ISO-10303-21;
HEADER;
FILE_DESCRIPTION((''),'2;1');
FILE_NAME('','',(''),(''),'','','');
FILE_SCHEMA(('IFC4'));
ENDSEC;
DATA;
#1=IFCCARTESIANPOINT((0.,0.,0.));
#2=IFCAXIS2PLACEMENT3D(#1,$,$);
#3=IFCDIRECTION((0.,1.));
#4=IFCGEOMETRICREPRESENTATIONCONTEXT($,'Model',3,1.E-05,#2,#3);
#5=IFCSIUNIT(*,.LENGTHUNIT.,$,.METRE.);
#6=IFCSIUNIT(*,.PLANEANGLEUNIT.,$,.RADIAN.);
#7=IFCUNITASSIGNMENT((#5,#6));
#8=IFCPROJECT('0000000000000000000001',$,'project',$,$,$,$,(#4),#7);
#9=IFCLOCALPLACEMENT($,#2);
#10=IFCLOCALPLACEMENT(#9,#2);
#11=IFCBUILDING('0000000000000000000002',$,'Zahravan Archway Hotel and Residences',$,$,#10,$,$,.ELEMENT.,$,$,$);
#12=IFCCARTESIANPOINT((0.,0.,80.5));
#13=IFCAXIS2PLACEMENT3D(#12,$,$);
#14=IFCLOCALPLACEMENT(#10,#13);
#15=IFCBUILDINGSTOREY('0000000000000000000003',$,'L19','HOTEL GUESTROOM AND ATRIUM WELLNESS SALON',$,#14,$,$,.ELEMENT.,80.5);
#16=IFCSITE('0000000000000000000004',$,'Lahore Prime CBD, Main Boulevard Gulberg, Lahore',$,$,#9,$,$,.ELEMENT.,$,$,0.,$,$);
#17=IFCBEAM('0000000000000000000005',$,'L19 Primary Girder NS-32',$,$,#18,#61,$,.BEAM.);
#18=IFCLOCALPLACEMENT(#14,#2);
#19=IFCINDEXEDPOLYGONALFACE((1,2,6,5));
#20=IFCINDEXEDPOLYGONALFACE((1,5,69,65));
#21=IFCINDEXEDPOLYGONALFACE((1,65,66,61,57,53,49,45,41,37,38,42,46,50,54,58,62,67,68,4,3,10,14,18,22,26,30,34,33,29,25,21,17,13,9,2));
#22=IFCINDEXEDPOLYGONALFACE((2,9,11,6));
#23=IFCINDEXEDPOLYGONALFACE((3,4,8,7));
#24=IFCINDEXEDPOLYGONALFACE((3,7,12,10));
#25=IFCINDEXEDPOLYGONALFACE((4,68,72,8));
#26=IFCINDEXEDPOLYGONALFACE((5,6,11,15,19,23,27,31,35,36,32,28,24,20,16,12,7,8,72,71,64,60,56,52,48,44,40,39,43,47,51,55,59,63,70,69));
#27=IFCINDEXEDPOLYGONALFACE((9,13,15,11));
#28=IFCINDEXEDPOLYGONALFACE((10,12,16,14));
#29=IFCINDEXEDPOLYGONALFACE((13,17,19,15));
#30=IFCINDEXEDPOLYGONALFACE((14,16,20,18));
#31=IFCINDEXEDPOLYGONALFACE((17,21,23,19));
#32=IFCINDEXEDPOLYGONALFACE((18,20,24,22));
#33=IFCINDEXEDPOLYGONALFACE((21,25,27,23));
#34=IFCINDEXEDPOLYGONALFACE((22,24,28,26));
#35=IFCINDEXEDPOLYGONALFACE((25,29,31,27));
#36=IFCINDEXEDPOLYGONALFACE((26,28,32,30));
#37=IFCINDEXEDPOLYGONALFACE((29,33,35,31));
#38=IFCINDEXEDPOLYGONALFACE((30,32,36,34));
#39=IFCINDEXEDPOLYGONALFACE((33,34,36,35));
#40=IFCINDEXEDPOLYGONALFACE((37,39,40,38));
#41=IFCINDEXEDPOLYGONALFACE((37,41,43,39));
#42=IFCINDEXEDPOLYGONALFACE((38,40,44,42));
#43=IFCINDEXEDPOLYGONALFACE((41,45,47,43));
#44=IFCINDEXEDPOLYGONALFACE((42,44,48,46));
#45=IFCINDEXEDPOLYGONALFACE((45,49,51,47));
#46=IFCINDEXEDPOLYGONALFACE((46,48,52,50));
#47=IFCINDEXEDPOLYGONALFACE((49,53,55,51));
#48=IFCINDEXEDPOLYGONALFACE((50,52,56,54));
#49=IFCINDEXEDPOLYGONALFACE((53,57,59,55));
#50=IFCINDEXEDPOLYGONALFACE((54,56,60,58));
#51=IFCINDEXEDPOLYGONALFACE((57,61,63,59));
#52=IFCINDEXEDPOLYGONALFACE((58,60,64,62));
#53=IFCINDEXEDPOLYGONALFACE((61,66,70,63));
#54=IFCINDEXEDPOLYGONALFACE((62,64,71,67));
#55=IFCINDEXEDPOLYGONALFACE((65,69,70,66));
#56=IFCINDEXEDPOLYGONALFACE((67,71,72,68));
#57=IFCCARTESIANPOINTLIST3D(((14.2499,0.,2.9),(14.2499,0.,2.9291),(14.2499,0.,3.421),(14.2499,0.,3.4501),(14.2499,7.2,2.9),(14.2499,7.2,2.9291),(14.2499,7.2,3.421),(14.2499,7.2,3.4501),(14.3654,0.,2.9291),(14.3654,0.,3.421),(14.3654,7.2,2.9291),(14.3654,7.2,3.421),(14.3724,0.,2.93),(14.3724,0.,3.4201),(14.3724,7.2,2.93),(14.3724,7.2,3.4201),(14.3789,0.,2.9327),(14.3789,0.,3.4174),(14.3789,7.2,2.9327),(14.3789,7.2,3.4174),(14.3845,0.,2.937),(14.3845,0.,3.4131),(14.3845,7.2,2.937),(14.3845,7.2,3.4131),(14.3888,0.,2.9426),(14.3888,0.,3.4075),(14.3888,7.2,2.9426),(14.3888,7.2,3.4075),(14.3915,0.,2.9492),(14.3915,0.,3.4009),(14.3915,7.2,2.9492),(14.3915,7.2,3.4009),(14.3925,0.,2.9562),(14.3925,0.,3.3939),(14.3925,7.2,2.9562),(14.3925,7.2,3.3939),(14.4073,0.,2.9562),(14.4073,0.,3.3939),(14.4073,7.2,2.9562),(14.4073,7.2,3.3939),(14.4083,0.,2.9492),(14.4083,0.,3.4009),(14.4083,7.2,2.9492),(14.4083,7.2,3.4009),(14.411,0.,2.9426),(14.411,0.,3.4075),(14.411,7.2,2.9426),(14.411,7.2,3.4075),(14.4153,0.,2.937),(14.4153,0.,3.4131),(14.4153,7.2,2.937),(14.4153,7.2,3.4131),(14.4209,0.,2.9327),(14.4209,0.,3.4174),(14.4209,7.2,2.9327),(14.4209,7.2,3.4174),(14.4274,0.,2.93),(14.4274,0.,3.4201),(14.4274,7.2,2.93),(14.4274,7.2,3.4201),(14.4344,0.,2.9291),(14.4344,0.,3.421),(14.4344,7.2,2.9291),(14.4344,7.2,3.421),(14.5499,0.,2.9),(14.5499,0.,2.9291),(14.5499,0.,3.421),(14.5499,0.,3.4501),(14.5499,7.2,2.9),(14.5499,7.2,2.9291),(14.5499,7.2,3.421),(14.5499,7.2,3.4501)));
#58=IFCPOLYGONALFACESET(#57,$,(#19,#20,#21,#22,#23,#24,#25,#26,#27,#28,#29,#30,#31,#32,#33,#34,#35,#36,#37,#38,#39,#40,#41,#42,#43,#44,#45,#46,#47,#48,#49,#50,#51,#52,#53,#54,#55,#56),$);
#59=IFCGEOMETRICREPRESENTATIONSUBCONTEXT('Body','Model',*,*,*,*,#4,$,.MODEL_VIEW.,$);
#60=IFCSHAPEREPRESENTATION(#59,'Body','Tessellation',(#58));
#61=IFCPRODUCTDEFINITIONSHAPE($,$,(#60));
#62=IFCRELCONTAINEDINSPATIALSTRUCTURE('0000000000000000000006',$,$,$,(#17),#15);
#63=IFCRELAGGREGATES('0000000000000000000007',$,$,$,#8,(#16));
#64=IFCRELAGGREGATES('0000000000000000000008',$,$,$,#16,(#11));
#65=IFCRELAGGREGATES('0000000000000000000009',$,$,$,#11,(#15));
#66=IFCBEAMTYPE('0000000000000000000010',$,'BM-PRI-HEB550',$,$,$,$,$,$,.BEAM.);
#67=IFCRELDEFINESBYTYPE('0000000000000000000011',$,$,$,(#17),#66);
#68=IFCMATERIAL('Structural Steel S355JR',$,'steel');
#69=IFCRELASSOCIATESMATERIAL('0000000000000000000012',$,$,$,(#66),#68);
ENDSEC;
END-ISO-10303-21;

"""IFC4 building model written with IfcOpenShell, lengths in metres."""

from ifc_helpers import new_model, si_unit, direction, frame, origin, origin_2d, place, context, subcontext, project, spatial, i_section, extrude, source, transform, mapped, material, material_profile, profile_set, type_object, element, save


model = new_model("IFC4")

# Units and contexts
model_context = context("Model", 3, precision=1e-05, world=origin(), true_north=direction((0.0, 1.0)))
body_context = subcontext(model_context, "Body", "Model", "MODEL_VIEW")
ifc_project = project(units=[si_unit("LENGTHUNIT", "METRE"), si_unit("PLANEANGLEUNIT", "RADIAN")], contexts=[model_context])

# Site, building, storey
site_placement = place(None, origin())
site = spatial("IfcSite", under=ifc_project, at=site_placement, Name="Lahore Prime CBD, Main Boulevard Gulberg, Lahore", CompositionType="ELEMENT", RefElevation=0.0)
building_placement = place(site_placement, origin())
building = spatial("IfcBuilding", under=site, at=building_placement, Name="Zahravan Archway Hotel and Residences", CompositionType="ELEMENT")
storey_placement = place(building_placement, frame((0.0, 0.0, 80.5)))
storey = spatial("IfcBuildingStorey", under=building, at=storey_placement, Name="L19", Description="HOTEL GUESTROOM AND ATRIUM WELLNESS SALON", CompositionType="ELEMENT", Elevation=80.5)

# Beam
ifc_material_1 = material(Name="Structural Steel S355JR", Category="steel")
ifc_material_profile = material_profile(ifc_material_1, i_section(OverallWidth=0.3, OverallDepth=0.55, WebThickness=0.0149, FlangeThickness=0.0291, FilletRadius=0.0271, at=origin_2d()), Name="HEB 550", Category="steel")
ifc_profile_set = profile_set([ifc_material_profile], Name="Structural Steel S355JR")
beam_type = type_object("IfcBeamType", Name="BM-PRI-HEB550", PredefinedType="BEAM", material=ifc_profile_set)
shared_shape_1 = source(origin(), body_context, "Body", "SweptSolid", [
    extrude(i_section(OverallWidth=0.3, OverallDepth=0.55, WebThickness=0.0149, FlangeThickness=0.0291, FilletRadius=0.0271, at=origin_2d()), origin(), (0.0, 0.0, 1.0), 7.2),
])
beam_placement = place(storey_placement, frame((14.3999, 0.0, 3.175), z_axis=(0.0, 1.0, 0.0), x_axis=(-1.0, 0.0, 0.0)))
element("IfcBeam", 1, at=beam_placement, inside=storey, type_object=beam_type, Name="L19 Primary Girder NS-32", PredefinedType="BEAM", context=body_context, shape_type="MappedRepresentation", body=[
    mapped(shared_shape_1, transform((0.0, 0.0, 0.0), scale=1.0)),
])

save(model, "model.ifc")
